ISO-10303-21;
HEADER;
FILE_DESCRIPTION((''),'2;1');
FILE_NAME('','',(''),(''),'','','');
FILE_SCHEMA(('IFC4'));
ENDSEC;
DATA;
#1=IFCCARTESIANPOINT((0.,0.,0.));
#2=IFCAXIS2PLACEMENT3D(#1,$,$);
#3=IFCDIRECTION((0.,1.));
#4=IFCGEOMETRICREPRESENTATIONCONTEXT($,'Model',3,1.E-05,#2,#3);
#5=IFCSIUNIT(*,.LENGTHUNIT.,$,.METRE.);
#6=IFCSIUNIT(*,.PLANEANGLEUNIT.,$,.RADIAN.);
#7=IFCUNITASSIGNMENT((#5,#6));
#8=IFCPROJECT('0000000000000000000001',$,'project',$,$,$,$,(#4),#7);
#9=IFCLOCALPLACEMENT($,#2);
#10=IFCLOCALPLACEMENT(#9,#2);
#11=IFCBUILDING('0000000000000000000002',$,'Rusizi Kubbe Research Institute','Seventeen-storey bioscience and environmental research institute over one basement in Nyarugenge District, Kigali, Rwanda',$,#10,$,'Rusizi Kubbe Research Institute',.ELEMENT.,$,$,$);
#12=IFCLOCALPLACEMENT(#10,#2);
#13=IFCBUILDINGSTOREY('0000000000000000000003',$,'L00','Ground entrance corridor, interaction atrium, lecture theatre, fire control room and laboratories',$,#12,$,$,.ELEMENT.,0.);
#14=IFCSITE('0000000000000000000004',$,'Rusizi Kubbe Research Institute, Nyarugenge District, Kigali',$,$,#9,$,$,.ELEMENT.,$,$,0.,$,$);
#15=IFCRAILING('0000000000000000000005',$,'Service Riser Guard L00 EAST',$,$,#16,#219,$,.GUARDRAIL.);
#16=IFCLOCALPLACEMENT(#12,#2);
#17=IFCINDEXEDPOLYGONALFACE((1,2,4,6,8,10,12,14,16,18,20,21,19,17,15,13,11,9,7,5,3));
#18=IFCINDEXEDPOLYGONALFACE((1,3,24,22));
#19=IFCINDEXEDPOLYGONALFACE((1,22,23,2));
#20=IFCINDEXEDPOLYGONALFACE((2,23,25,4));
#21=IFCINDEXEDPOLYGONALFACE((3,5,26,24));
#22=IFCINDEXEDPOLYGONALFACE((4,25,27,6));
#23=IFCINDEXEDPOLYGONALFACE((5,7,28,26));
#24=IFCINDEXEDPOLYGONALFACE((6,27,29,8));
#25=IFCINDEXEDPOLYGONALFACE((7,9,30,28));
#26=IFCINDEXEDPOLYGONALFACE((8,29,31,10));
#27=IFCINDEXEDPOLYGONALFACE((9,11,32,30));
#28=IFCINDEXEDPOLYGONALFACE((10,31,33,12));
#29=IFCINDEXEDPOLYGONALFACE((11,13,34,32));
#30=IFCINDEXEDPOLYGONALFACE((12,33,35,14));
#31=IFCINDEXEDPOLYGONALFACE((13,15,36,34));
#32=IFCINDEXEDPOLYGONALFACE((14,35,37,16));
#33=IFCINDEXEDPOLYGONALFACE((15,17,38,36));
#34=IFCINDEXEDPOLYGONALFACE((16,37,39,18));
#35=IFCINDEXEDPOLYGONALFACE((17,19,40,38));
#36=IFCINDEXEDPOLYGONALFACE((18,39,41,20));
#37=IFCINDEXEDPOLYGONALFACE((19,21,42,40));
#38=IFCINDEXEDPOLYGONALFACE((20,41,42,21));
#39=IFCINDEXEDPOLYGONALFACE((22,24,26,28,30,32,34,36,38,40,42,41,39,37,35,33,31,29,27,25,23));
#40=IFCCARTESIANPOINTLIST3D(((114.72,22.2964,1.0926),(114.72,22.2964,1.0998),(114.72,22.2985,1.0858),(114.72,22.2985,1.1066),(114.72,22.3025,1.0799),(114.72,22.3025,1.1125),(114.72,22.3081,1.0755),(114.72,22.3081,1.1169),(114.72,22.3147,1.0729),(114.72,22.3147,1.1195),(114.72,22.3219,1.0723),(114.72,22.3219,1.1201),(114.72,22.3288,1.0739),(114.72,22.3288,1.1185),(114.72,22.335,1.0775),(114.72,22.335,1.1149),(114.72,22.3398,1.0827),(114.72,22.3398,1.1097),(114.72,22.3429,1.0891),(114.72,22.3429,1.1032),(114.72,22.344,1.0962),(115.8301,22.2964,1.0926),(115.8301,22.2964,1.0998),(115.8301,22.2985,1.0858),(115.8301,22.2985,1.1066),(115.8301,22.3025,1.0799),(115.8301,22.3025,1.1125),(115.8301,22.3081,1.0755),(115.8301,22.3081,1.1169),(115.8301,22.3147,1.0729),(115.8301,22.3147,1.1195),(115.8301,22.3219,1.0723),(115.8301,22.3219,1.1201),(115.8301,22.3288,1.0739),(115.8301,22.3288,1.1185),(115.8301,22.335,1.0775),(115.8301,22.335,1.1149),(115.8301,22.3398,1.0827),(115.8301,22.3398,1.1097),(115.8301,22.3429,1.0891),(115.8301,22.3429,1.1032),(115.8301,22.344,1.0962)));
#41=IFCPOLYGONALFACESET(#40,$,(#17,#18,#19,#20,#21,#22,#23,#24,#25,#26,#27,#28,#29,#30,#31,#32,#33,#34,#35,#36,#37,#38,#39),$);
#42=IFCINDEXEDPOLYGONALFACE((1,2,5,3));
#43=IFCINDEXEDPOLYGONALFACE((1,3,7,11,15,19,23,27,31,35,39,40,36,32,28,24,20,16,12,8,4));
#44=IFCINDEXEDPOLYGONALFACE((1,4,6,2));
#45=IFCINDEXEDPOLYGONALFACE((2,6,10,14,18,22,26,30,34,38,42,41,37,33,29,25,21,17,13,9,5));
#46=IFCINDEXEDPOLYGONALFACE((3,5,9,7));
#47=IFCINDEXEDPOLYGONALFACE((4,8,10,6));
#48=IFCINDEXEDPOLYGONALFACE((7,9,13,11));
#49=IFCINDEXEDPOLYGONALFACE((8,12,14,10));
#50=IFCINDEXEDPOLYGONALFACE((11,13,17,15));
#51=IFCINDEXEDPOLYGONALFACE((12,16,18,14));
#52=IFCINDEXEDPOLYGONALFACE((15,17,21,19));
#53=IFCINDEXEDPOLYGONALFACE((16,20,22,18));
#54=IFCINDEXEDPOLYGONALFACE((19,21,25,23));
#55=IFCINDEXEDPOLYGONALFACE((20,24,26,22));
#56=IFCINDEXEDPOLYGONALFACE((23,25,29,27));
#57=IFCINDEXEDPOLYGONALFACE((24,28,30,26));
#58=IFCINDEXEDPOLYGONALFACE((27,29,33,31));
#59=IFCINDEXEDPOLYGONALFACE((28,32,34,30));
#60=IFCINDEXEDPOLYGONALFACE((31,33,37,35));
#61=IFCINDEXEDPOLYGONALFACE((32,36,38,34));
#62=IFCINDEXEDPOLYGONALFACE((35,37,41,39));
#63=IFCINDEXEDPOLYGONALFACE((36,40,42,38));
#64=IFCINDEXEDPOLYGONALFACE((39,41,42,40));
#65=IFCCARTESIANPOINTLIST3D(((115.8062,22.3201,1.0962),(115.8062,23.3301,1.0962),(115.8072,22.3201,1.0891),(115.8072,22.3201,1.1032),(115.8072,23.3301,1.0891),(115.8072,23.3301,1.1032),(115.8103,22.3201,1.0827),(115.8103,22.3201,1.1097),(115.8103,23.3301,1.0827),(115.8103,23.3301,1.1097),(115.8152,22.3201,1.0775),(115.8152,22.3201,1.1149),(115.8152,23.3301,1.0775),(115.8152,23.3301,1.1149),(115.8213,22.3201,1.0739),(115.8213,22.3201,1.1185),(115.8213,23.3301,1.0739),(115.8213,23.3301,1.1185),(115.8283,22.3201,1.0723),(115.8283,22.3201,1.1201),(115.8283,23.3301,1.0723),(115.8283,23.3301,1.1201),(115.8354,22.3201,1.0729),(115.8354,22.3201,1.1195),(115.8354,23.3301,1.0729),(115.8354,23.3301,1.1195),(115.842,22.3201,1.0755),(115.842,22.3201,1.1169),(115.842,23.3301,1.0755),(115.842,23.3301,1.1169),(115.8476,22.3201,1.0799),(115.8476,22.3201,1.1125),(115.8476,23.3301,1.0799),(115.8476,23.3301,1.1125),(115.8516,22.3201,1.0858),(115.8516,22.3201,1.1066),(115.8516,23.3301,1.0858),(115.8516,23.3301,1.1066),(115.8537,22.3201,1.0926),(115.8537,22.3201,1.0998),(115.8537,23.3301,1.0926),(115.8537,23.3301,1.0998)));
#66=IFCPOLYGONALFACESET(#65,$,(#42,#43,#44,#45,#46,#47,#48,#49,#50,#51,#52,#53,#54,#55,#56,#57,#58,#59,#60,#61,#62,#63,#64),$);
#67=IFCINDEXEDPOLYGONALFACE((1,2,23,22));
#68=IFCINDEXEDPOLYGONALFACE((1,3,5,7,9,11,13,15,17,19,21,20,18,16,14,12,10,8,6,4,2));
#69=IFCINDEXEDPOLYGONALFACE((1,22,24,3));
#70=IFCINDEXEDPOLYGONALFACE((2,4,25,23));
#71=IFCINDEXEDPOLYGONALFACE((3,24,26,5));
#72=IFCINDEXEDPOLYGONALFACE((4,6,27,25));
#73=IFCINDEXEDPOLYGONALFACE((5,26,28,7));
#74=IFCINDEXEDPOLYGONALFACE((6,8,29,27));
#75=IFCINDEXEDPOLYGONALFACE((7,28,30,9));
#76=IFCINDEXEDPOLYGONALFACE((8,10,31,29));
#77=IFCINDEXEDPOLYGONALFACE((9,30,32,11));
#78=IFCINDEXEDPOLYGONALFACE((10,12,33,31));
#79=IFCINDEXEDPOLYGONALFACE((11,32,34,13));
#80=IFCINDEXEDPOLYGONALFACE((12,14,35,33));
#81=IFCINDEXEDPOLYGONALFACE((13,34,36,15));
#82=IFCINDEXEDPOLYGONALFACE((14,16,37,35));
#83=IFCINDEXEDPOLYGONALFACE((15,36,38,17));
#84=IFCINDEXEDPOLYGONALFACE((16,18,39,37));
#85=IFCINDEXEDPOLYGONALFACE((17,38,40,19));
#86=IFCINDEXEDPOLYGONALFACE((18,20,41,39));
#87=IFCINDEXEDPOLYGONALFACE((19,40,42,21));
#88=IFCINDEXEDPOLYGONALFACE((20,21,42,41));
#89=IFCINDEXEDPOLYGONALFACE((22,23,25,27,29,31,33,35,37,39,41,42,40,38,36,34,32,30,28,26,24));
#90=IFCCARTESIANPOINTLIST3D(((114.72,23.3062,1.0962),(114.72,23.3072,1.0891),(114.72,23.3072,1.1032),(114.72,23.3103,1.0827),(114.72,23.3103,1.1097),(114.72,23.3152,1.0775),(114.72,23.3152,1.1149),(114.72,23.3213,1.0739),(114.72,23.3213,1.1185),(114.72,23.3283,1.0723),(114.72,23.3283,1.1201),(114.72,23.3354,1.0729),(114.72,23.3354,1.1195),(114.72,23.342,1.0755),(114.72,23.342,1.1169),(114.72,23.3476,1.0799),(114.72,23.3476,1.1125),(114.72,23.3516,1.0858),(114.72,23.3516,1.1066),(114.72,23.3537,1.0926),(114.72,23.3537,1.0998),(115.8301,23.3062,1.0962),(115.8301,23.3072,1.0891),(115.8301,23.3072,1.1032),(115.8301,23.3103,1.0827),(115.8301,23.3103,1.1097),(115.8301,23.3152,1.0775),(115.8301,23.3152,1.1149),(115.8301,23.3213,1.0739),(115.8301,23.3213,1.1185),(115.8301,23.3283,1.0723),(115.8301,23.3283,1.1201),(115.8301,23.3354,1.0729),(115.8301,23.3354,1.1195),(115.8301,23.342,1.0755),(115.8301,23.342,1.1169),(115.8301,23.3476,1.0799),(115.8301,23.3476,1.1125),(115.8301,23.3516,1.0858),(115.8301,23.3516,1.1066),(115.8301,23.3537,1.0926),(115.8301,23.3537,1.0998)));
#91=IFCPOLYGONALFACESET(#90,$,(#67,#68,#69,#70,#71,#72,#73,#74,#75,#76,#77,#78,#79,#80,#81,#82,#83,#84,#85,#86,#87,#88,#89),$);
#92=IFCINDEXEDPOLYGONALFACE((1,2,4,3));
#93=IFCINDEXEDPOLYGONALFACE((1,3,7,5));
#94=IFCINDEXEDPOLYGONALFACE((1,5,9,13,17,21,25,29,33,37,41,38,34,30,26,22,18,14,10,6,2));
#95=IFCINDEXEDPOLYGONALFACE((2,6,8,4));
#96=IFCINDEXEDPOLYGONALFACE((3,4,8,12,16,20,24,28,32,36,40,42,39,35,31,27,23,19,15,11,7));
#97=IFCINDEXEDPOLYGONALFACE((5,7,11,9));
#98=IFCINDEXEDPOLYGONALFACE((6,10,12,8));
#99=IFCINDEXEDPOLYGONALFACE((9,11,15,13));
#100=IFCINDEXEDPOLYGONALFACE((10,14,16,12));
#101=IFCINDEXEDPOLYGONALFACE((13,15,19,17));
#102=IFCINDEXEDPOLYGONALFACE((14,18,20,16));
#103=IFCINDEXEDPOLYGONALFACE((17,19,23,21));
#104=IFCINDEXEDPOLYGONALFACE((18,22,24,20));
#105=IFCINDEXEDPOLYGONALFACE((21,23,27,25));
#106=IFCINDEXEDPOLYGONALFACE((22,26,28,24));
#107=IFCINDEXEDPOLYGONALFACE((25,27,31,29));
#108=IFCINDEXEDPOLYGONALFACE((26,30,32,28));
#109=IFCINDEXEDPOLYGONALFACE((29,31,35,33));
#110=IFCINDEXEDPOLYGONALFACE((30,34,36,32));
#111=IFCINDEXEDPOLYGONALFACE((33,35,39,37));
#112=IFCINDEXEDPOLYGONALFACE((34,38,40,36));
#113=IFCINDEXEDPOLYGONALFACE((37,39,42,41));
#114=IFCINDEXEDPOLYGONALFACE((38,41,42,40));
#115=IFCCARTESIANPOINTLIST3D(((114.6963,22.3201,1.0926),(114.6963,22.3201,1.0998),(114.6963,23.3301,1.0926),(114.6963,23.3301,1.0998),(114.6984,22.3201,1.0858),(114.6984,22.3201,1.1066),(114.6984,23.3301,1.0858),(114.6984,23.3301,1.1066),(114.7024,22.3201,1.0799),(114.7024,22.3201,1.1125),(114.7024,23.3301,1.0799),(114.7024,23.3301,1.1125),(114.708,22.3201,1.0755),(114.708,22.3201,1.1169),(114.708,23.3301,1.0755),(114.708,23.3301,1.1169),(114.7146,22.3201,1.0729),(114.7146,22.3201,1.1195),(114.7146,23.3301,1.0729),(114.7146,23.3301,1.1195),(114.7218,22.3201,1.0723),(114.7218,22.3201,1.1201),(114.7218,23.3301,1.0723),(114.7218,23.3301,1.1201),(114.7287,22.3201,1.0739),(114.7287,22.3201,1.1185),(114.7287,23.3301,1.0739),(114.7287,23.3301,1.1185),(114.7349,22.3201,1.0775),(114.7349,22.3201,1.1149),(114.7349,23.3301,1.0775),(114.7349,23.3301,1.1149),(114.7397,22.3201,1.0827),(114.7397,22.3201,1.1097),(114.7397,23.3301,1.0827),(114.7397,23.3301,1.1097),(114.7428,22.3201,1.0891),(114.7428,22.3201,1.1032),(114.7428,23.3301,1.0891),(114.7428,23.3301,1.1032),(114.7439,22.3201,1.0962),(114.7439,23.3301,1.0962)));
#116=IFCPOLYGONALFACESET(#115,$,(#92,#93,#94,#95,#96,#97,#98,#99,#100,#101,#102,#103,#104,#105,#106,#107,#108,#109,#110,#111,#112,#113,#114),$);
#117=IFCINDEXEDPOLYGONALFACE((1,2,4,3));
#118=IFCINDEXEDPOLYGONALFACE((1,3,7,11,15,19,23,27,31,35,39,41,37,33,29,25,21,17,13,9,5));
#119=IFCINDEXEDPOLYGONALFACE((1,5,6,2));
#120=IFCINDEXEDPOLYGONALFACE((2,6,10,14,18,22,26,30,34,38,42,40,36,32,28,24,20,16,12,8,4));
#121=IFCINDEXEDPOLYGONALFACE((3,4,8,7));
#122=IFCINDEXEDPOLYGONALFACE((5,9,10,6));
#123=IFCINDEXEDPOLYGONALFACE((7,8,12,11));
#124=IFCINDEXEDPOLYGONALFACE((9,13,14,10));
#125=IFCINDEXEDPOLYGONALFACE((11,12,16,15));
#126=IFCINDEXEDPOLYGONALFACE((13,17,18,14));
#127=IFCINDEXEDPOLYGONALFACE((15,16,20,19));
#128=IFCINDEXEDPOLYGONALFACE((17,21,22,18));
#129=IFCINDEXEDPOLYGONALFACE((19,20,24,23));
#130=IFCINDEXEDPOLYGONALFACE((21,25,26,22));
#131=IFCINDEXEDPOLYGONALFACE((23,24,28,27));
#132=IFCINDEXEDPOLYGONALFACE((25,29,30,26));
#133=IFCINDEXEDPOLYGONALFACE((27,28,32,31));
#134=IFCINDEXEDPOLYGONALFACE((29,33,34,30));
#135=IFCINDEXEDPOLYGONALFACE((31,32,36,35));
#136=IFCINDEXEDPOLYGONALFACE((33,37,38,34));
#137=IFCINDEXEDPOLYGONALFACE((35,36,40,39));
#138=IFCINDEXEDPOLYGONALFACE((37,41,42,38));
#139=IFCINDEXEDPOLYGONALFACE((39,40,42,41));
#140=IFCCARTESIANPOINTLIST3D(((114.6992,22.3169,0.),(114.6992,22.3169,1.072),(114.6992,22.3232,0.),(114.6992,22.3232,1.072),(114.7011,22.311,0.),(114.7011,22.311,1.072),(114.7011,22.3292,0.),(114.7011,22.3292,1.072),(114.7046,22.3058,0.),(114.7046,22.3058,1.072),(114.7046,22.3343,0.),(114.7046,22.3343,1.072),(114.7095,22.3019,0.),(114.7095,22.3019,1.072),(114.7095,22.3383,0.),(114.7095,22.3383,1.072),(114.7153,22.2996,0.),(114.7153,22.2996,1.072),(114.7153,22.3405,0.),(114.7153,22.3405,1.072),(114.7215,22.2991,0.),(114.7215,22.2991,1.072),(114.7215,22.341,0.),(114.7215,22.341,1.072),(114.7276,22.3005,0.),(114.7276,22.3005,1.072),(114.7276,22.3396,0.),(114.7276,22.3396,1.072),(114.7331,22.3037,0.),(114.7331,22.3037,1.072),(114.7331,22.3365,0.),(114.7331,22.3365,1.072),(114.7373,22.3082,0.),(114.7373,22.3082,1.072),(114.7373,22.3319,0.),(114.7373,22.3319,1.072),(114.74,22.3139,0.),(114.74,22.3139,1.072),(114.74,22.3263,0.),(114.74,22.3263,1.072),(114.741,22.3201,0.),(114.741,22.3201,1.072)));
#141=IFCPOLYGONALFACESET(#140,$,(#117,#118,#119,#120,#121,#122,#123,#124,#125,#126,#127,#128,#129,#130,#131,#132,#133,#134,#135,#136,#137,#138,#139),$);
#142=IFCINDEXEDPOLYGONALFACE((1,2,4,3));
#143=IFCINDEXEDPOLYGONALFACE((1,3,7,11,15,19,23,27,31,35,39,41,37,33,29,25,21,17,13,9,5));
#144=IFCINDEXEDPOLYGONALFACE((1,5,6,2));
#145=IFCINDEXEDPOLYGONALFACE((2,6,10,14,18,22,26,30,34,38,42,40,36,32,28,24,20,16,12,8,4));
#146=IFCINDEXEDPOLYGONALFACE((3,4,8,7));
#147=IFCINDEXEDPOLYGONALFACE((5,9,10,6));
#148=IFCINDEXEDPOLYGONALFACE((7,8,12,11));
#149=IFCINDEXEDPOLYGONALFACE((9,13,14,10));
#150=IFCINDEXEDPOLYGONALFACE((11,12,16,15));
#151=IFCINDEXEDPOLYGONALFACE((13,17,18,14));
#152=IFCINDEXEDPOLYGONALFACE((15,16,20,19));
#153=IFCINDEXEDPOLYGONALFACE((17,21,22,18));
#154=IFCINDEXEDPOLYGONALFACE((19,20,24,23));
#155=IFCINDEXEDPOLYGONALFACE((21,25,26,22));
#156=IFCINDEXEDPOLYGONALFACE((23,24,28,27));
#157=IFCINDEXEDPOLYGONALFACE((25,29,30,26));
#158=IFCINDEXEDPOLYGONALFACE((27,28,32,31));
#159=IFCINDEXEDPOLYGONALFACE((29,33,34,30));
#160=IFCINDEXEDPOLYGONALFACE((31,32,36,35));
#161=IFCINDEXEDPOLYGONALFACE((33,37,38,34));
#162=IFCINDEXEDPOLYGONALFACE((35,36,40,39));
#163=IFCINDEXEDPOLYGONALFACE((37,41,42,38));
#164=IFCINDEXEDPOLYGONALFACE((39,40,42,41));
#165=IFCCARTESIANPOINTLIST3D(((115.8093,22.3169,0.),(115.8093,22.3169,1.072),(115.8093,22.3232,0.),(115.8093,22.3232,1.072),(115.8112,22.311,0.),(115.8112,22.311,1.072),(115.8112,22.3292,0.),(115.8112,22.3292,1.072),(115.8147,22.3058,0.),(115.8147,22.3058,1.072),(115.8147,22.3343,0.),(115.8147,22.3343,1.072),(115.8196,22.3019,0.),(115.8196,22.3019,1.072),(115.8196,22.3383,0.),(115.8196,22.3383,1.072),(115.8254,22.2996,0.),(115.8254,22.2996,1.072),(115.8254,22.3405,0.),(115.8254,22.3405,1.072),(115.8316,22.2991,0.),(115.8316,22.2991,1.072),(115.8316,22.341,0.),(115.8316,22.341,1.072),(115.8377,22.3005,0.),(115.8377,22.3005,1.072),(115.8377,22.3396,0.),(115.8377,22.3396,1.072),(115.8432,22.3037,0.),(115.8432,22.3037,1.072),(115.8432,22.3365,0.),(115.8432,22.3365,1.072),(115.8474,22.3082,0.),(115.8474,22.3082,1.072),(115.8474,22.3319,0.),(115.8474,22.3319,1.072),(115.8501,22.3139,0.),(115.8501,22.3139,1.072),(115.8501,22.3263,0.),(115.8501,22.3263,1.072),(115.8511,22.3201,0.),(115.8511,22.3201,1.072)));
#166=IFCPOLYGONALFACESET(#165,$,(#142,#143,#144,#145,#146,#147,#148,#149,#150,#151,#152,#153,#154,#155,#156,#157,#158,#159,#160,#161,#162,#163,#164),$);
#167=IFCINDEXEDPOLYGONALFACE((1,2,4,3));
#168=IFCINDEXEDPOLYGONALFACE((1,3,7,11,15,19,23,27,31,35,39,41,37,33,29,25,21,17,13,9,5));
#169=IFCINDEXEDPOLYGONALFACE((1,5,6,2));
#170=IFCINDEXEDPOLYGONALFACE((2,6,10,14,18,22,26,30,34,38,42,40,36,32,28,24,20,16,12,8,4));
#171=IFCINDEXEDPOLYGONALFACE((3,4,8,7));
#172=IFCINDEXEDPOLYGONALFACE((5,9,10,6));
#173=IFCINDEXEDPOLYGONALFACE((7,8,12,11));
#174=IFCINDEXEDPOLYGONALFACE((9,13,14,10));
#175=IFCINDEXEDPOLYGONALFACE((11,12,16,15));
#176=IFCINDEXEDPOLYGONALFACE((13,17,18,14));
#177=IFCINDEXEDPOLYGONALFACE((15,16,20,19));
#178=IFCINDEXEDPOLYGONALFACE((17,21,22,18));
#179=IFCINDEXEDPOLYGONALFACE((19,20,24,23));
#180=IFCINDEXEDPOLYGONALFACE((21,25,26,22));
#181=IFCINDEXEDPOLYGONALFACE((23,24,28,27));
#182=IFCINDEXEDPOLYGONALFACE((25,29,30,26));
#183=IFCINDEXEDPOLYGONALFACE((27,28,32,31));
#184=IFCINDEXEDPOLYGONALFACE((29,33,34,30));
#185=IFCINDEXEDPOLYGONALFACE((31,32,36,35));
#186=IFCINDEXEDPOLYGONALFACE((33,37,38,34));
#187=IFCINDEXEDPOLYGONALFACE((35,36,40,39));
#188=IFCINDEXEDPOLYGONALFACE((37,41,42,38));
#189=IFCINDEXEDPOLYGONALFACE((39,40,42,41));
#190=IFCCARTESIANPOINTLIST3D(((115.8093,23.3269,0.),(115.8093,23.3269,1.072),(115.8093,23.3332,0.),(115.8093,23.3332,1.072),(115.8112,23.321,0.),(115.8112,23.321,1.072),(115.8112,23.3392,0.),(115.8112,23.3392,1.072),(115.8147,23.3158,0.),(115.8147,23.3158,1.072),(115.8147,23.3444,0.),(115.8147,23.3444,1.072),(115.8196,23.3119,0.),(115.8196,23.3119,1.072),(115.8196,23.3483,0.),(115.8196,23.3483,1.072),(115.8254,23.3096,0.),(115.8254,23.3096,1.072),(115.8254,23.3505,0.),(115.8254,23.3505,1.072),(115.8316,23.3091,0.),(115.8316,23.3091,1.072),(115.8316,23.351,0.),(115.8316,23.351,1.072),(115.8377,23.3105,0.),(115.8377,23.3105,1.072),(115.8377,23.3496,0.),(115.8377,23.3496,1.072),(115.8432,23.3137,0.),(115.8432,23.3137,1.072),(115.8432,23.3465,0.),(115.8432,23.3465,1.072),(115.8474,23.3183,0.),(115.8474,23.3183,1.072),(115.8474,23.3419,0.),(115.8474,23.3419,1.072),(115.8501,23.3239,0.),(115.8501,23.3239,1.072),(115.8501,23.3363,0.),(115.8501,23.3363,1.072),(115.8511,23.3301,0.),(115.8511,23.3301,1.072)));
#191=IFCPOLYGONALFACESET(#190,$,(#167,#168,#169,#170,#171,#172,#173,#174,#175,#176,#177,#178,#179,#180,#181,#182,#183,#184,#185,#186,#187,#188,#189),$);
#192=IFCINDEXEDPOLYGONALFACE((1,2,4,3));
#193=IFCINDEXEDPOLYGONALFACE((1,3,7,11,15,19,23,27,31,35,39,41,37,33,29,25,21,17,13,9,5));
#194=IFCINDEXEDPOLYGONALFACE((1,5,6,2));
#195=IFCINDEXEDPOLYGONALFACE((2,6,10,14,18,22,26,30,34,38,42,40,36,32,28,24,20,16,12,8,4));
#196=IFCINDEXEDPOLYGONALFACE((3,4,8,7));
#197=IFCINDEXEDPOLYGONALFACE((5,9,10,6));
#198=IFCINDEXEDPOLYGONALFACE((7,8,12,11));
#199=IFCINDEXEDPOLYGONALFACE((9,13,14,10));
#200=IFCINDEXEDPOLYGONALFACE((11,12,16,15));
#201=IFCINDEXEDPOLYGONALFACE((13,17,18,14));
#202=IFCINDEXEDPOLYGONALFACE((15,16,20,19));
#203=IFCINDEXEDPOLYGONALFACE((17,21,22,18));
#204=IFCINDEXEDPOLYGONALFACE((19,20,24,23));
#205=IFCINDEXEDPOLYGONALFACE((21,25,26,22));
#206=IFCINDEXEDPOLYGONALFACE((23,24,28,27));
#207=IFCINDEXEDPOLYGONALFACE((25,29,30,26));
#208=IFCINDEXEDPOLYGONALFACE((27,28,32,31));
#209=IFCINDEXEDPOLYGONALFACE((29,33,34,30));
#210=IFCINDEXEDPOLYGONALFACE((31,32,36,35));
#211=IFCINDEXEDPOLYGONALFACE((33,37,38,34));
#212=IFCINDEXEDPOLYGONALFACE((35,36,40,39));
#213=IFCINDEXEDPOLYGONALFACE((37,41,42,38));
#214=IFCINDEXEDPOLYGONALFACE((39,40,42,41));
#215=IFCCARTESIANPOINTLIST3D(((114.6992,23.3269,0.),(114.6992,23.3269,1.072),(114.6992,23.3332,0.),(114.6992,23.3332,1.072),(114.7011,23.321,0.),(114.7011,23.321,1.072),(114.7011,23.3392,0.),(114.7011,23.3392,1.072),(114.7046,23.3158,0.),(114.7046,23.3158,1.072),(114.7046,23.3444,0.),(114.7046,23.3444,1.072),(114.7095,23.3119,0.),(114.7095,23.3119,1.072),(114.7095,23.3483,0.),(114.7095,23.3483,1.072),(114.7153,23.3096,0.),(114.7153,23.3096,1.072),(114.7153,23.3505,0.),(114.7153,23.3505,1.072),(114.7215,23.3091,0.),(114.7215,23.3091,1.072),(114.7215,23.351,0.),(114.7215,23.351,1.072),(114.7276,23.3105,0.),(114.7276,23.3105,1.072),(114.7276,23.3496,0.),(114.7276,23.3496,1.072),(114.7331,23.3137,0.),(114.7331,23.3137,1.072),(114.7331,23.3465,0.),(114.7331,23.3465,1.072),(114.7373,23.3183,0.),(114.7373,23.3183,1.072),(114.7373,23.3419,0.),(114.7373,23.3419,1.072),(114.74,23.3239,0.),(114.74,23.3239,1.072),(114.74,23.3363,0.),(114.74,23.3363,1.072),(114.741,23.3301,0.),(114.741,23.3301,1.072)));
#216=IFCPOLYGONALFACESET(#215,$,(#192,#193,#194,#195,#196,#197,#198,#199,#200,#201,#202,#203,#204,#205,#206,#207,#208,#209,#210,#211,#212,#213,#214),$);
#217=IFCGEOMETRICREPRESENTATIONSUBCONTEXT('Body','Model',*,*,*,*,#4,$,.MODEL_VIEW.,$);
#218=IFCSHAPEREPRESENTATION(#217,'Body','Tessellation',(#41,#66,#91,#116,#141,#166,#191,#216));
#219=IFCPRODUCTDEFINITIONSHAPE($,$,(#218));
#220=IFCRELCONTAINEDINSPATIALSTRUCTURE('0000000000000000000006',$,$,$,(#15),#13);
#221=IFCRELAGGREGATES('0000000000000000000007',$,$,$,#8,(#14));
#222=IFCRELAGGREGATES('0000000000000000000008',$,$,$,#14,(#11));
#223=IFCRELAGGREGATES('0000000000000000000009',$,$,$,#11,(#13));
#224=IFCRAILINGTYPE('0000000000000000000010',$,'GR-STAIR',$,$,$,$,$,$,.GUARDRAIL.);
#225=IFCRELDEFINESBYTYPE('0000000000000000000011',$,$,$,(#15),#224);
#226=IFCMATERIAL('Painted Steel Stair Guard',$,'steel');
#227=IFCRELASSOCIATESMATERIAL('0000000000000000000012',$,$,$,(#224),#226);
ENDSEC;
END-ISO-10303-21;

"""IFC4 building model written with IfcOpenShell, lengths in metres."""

from ifc_helpers import new_model, si_unit, direction, frame, origin, origin_2d, place, context, subcontext, project, spatial, circle, extrude, material, type_object, element, save


model = new_model("IFC4")

# Units and contexts
model_context = context("Model", 3, precision=1e-05, world=origin(), true_north=direction((0.0, 1.0)))
body_context = subcontext(model_context, "Body", "Model", "MODEL_VIEW")
ifc_project = project(units=[si_unit("LENGTHUNIT", "METRE"), si_unit("PLANEANGLEUNIT", "RADIAN")], contexts=[model_context])

# Site, building, storey
site_placement = place(None, origin())
site = spatial("IfcSite", under=ifc_project, at=site_placement, Name="Rusizi Kubbe Research Institute, Nyarugenge District, Kigali", CompositionType="ELEMENT", RefElevation=0.0)
building_placement = place(site_placement, origin())
building = spatial("IfcBuilding", under=site, at=building_placement, Name="Rusizi Kubbe Research Institute", Description="Seventeen-storey bioscience and environmental research institute over one basement in Nyarugenge District, Kigali, Rwanda", LongName="Rusizi Kubbe Research Institute", CompositionType="ELEMENT")
storey_placement = place(building_placement, origin())
storey = spatial("IfcBuildingStorey", under=building, at=storey_placement, Name="L00", Description="Ground entrance corridor, interaction atrium, lecture theatre, fire control room and laboratories", CompositionType="ELEMENT", Elevation=0.0)

# Railing
ifc_material_1 = material(Name="Painted Steel Stair Guard", Category="steel")
railing_type_1 = type_object("IfcRailingType", Name="GR-STAIR", PredefinedType="GUARDRAIL", material=ifc_material_1)
railing_1_placement = place(storey_placement, frame((114.72, 22.3201, 0.0)))
element("IfcRailing", 1, at=railing_1_placement, inside=storey, type_object=railing_type_1, Name="Service Riser Guard L00 EAST", PredefinedType="GUARDRAIL", context=body_context, shape_type="SweptSolid", body=[
    extrude(circle(Radius=0.0239, at=origin_2d()), frame((0.0, 0.0, 1.0962), z_axis=(1.0, 0.0, 0.0), x_axis=(0.0, 1.0, 0.0)), (0.0, 0.0, 1.0), 1.1101),
    extrude(circle(Radius=0.0239, at=origin_2d()), frame((1.1101, 0.0, 1.0962), z_axis=(0.0, 1.0, 0.0), x_axis=(-1.0, 0.0, 0.0)), (0.0, 0.0, 1.0), 1.01),
    extrude(circle(Radius=0.0239, at=origin_2d()), frame((1.1101, 1.01, 1.0962), z_axis=(-1.0, 0.0, 0.0), x_axis=(0.0, -1.0, 0.0)), (0.0, 0.0, 1.0), 1.1101),
    extrude(circle(Radius=0.0239, at=origin_2d()), frame((0.0, 1.01, 1.0962), z_axis=(0.0, -1.0, 0.0), x_axis=(1.0, 0.0, 0.0)), (0.0, 0.0, 1.0), 1.01),
    extrude(circle(Radius=0.021, at=origin_2d()), origin(), (0.0, 0.0, 1.0), 1.072),
    extrude(circle(Radius=0.021, at=origin_2d()), frame((1.1101, 0.0, 0.0)), (0.0, 0.0, 1.0), 1.072),
    extrude(circle(Radius=0.021, at=origin_2d()), frame((1.1101, 1.01, 0.0)), (0.0, 0.0, 1.0), 1.072),
    extrude(circle(Radius=0.021, at=origin_2d()), frame((0.0, 1.01, 0.0)), (0.0, 0.0, 1.0), 1.072),
])

save(model, "model.ifc")
